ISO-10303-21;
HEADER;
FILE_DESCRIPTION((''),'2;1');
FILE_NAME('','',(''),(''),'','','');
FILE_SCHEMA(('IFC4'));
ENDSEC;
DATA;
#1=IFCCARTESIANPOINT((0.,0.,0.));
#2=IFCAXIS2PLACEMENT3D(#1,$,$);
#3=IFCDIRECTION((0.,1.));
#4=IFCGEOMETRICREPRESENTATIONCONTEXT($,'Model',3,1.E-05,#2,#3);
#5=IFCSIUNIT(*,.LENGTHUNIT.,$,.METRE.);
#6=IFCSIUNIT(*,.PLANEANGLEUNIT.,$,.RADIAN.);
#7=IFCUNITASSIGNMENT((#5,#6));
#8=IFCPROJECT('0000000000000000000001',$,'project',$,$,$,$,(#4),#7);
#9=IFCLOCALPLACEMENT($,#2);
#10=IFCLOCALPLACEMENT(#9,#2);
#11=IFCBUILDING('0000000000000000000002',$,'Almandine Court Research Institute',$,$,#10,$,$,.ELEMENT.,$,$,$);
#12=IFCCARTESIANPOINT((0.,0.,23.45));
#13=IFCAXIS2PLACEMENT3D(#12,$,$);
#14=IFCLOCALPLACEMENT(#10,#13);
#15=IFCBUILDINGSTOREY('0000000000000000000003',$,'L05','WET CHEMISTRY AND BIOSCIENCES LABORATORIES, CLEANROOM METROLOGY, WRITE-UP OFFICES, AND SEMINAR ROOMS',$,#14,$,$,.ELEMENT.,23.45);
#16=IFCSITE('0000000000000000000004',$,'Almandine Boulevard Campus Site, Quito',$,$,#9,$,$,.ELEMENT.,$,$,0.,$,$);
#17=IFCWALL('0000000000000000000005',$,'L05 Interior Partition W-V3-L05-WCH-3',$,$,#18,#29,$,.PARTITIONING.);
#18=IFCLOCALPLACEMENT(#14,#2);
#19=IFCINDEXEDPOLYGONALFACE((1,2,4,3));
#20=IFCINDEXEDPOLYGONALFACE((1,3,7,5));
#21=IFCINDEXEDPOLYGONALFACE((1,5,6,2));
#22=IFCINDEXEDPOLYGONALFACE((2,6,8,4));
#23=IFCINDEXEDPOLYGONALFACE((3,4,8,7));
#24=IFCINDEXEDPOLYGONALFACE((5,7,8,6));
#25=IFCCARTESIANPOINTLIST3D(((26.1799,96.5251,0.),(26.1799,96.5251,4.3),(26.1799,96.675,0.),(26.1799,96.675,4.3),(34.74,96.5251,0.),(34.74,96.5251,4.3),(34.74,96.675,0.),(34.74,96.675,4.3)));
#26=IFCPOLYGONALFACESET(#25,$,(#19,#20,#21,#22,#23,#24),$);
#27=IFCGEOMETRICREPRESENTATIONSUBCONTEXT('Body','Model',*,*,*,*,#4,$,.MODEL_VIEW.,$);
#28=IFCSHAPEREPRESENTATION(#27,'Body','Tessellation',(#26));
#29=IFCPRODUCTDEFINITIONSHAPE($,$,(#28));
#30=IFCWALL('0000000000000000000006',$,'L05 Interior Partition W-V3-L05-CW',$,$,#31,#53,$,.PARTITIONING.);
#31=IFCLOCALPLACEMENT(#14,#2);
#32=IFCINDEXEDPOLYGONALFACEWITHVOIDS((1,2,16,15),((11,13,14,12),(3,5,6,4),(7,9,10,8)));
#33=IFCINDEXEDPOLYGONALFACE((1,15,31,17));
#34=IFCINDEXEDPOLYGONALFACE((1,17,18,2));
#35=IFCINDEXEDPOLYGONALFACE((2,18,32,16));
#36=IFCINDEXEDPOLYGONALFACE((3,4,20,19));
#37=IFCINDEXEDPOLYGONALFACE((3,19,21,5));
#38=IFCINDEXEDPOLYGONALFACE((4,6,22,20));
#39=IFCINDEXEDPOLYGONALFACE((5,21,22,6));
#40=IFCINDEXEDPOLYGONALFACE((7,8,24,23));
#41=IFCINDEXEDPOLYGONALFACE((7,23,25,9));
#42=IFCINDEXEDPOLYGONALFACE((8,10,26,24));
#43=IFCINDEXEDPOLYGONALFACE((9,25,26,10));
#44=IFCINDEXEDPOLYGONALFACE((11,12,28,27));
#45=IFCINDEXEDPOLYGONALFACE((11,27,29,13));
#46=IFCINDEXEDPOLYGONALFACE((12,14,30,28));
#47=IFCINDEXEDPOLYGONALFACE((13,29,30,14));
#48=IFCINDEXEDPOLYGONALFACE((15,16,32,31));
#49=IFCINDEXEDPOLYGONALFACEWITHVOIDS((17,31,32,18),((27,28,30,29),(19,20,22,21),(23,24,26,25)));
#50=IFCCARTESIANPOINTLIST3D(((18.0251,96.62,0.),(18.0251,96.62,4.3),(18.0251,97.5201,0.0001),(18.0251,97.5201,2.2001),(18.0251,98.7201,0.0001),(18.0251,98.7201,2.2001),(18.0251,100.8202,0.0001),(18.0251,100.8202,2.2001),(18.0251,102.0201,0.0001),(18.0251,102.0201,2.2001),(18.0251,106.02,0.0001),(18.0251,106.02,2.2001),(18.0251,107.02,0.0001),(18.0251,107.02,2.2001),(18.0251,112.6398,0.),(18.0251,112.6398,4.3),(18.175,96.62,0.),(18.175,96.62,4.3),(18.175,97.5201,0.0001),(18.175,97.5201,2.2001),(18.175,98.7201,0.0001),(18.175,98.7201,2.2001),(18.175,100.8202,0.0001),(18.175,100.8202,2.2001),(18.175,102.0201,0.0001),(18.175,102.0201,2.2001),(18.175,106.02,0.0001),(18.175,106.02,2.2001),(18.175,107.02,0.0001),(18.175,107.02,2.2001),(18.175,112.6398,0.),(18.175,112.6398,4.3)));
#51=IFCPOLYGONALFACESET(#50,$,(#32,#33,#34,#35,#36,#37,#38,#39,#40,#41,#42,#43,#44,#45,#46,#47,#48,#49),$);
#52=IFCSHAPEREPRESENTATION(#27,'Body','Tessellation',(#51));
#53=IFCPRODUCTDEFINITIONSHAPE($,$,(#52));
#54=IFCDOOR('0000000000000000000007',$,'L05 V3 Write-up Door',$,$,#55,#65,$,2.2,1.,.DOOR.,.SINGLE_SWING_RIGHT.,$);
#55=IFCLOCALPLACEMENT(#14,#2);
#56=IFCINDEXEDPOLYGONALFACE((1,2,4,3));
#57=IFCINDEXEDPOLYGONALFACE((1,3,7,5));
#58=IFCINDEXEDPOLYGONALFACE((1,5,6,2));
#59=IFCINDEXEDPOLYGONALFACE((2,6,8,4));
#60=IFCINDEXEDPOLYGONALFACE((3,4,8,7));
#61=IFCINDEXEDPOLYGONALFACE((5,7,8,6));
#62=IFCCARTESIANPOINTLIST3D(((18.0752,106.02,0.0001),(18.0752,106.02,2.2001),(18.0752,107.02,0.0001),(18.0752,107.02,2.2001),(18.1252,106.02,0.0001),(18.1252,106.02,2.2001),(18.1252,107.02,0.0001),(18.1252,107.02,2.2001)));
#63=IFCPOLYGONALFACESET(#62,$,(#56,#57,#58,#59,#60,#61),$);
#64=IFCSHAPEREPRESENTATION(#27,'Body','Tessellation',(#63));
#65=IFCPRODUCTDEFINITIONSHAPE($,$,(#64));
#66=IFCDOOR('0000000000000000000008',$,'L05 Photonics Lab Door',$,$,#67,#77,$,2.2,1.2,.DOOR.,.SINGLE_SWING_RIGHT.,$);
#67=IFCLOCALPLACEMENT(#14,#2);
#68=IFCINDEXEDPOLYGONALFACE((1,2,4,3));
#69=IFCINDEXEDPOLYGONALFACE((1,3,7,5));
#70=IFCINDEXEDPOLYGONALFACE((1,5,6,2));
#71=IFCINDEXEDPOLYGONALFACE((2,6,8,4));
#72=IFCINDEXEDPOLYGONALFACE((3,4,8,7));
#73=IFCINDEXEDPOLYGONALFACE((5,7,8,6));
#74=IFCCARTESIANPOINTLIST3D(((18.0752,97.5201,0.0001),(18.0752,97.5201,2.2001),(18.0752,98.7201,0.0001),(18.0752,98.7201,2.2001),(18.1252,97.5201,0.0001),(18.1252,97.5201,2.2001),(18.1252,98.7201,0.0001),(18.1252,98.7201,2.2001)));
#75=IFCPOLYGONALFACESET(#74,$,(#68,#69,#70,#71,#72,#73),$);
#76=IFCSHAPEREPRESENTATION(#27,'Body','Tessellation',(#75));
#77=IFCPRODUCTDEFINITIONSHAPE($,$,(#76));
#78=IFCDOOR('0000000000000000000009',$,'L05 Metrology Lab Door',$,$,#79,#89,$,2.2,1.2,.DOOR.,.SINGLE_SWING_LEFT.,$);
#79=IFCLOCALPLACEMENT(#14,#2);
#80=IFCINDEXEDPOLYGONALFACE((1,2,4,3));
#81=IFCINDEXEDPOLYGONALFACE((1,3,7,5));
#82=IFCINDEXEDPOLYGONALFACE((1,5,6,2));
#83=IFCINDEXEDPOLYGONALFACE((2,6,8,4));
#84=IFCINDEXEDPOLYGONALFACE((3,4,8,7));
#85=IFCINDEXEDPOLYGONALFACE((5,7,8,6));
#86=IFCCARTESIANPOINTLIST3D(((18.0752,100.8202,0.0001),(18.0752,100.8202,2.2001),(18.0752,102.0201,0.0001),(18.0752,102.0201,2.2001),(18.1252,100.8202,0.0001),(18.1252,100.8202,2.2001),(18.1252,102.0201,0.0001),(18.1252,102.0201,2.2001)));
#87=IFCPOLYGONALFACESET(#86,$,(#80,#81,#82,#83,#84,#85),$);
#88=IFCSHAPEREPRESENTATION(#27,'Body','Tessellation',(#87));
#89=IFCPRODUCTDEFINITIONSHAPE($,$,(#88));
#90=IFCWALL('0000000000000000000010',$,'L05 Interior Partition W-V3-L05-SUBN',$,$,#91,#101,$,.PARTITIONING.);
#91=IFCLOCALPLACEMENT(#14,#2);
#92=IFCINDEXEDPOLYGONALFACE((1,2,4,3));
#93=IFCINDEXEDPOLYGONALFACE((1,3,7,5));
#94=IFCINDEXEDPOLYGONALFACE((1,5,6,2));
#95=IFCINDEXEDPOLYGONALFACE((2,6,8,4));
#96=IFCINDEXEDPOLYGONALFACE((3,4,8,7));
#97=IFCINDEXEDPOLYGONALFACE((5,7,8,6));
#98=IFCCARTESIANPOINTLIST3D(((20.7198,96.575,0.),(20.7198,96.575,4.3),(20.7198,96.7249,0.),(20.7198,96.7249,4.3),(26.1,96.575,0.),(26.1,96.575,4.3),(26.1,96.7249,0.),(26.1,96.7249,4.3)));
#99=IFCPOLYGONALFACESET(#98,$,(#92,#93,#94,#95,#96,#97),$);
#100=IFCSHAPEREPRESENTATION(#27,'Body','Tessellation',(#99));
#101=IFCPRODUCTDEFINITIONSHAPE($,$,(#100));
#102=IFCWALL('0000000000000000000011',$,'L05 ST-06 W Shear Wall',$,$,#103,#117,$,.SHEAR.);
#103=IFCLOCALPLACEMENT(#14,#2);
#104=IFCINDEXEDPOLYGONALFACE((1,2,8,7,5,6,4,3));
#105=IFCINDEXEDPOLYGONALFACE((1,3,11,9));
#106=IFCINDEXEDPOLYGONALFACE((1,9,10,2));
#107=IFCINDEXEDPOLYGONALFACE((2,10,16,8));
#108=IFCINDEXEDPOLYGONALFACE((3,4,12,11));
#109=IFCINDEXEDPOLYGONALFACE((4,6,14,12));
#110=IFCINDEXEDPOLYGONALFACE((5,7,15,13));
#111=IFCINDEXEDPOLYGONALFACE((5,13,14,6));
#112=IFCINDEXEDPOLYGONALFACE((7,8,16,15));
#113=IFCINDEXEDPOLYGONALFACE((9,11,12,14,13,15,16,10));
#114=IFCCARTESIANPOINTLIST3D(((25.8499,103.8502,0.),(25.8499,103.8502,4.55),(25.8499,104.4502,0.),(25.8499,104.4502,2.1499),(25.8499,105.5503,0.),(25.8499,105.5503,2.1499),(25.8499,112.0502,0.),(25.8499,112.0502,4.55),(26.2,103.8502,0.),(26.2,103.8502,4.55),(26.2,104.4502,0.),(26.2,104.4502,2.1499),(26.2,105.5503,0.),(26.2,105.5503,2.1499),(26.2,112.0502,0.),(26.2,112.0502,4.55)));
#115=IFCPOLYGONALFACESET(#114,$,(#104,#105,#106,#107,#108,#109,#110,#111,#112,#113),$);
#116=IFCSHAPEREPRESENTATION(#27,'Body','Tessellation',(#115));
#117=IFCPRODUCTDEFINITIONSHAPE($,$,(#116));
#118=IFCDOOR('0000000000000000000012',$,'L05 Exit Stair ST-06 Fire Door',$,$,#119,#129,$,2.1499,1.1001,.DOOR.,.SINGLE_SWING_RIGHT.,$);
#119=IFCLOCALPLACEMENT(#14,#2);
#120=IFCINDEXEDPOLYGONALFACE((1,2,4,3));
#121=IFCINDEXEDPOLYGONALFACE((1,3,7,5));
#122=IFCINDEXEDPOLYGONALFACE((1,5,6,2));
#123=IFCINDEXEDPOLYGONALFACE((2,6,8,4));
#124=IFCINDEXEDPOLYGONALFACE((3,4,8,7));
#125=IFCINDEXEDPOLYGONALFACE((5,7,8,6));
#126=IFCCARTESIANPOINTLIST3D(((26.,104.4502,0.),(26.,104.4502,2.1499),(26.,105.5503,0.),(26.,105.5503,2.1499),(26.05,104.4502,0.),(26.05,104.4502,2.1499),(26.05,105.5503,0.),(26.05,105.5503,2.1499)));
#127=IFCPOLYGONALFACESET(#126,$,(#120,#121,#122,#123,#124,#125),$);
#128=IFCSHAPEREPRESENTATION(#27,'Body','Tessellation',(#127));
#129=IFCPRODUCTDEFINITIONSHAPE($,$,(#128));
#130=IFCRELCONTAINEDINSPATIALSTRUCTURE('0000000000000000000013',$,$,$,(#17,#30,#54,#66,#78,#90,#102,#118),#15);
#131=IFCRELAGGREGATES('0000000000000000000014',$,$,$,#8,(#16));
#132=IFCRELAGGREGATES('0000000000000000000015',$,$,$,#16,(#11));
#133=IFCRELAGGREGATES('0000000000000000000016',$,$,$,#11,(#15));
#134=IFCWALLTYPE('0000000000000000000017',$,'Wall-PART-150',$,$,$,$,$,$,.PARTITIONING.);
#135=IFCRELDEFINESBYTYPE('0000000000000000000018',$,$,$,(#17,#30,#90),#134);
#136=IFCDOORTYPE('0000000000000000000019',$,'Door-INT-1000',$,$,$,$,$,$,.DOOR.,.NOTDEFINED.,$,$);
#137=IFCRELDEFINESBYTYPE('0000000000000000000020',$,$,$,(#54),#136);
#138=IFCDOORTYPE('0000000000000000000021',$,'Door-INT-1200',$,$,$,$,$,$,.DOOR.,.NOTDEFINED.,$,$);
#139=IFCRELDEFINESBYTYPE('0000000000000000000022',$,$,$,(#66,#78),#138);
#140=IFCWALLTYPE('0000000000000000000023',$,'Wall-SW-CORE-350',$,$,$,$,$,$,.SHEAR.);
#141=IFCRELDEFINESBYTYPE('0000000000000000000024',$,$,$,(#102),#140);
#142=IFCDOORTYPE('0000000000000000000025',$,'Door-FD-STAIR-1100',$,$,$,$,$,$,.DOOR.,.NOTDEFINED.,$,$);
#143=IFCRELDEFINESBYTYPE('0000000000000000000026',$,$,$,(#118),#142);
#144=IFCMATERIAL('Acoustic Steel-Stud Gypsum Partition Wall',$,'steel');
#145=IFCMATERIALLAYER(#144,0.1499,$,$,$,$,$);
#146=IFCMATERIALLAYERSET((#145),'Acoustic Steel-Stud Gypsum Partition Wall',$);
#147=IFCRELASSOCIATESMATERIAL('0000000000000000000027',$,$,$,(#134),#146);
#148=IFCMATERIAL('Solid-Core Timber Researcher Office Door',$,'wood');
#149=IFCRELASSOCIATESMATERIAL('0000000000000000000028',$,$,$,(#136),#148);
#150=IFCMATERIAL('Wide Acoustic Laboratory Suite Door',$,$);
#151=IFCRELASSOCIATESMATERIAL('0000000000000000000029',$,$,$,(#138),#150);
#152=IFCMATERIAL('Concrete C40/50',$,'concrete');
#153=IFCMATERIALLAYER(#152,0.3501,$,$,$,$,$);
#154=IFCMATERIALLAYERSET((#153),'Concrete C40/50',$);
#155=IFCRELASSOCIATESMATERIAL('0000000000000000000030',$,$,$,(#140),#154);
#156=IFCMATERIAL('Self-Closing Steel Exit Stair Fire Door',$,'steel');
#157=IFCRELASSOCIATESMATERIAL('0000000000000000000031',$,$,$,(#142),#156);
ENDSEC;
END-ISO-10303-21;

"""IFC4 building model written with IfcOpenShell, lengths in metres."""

from ifc_helpers import new_model, si_unit, direction, frame, frame_2d, origin, place, context, subcontext, project, spatial, rectangle, extrude, material, layer, layer_set, type_object, element, fill, save


model = new_model("IFC4")

# Units and contexts
model_context = context("Model", 3, precision=1e-05, world=origin(), true_north=direction((0.0, 1.0)))
body_context = subcontext(model_context, "Body", "Model", "MODEL_VIEW")
ifc_project = project(units=[si_unit("LENGTHUNIT", "METRE"), si_unit("PLANEANGLEUNIT", "RADIAN")], contexts=[model_context])

# Site, building, storey
site_placement = place(None, origin())
site = spatial("IfcSite", under=ifc_project, at=site_placement, Name="Almandine Boulevard Campus Site, Quito", CompositionType="ELEMENT", RefElevation=0.0)
building_placement = place(site_placement, origin())
building = spatial("IfcBuilding", under=site, at=building_placement, Name="Almandine Court Research Institute", CompositionType="ELEMENT")
storey_placement = place(building_placement, frame((0.0, 0.0, 23.45)))
storey = spatial("IfcBuildingStorey", under=building, at=storey_placement, Name="L05", Description="WET CHEMISTRY AND BIOSCIENCES LABORATORIES, CLEANROOM METROLOGY, WRITE-UP OFFICES, AND SEMINAR ROOMS", CompositionType="ELEMENT", Elevation=23.45)

# Wall
ifc_material_1 = material(Name="Acoustic Steel-Stud Gypsum Partition Wall", Category="steel")
ifc_layer_1 = layer(ifc_material_1, 0.1499)
ifc_layer_set_1 = layer_set([ifc_layer_1], Name="Acoustic Steel-Stud Gypsum Partition Wall")
wall_type_1 = type_object("IfcWallType", Name="Wall-PART-150", PredefinedType="PARTITIONING", material=ifc_layer_set_1)
for number, where, z_axis, x_axis, name in (
    (1, (26.1799, 96.6001, 0.0), (0.0, 0.0, 1.0), (1.0, 0.0, 0.0), "L05 Interior Partition W-V3-L05-WCH-3"),
):
    element("IfcWall", number, at=place(storey_placement, frame(where, z_axis=z_axis, x_axis=x_axis)), inside=storey, type_object=wall_type_1, Name=name, PredefinedType="PARTITIONING", context=body_context, shape_type="SweptSolid", body=[
        extrude(rectangle(XDim=8.5601, YDim=0.1499, at=frame_2d((4.28, 0.0))), origin(), (0.0, 0.0, 1.0), 4.3),
    ])

# Wall, openings, doors
wall_1_placement = place(storey_placement, frame((18.1001, 96.6201, 0.0), z_axis=(0.0, 0.0, 1.0), x_axis=(0.0, 1.0, 0.0)))
wall_1 = element("IfcWall", 2, at=wall_1_placement, inside=storey, type_object=wall_type_1, Name="L05 Interior Partition W-V3-L05-CW", PredefinedType="PARTITIONING", context=body_context, shape_type="SweptSolid", body=[
    extrude(rectangle(XDim=16.0198, YDim=0.1499, at=frame_2d((8.0098, 0.0))), origin(), (0.0, 0.0, 1.0), 4.3),
])
opening_1_placement = place(wall_1_placement, frame((0.8999, 0.0, 0.0)))
opening_1 = element("IfcOpeningElement", 3, at=opening_1_placement, cuts=wall_1, PredefinedType="OPENING", context=body_context, shape_type="SweptSolid", body=[
    extrude(rectangle(XDim=1.2, YDim=2.2, at=frame_2d((0.6001, 1.1001))), frame((0.0, 0.085, 0.0), z_axis=(0.0, -1.0, 0.0), x_axis=(1.0, 0.0, 0.0)), (0.0, 0.0, 1.0), 0.1699),
])
opening_2_placement = place(wall_1_placement, frame((4.2, 0.0, 0.0)))
opening_2 = element("IfcOpeningElement", 4, at=opening_2_placement, cuts=wall_1, PredefinedType="OPENING", context=body_context, shape_type="SweptSolid", body=[
    extrude(rectangle(XDim=1.2, YDim=2.2, at=frame_2d((0.6001, 1.1001))), frame((0.0, 0.085, 0.0), z_axis=(0.0, -1.0, 0.0), x_axis=(1.0, 0.0, 0.0)), (0.0, 0.0, 1.0), 0.1699),
])
opening_3_placement = place(wall_1_placement, frame((9.3999, 0.0, 0.0)))
opening_3 = element("IfcOpeningElement", 5, at=opening_3_placement, cuts=wall_1, PredefinedType="OPENING", context=body_context, shape_type="SweptSolid", body=[
    extrude(rectangle(XDim=1.0, YDim=2.2, at=frame_2d((0.5, 1.1001))), frame((0.0, 0.085, 0.0), z_axis=(0.0, -1.0, 0.0), x_axis=(1.0, 0.0, 0.0)), (0.0, 0.0, 1.0), 0.1699),
])
ifc_material_2 = material(Name="Solid-Core Timber Researcher Office Door", Category="wood")
door_type_1 = type_object("IfcDoorType", Name="Door-INT-1000", OperationType="NOTDEFINED", PredefinedType="DOOR", material=ifc_material_2)
door_1_placement = place(opening_3_placement, origin())
door_1 = element("IfcDoor", 6, at=door_1_placement, inside=storey, type_object=door_type_1, Name="L05 V3 Write-up Door", OperationType="SINGLE_SWING_RIGHT", OverallHeight=2.2, OverallWidth=1.0, PredefinedType="DOOR", context=body_context, shape_type="SweptSolid", body=[
    extrude(rectangle(XDim=1.0, YDim=2.2, at=frame_2d((0.5, 1.1001))), frame((0.0, 0.0249, 0.0), z_axis=(0.0, -1.0, 0.0), x_axis=(1.0, 0.0, 0.0)), (0.0, 0.0, 1.0), 0.05),
])
fill(opening_3, door_1)
ifc_material_3 = material(Name="Wide Acoustic Laboratory Suite Door")
door_type_2 = type_object("IfcDoorType", Name="Door-INT-1200", OperationType="NOTDEFINED", PredefinedType="DOOR", material=ifc_material_3)
door_2_placement = place(opening_1_placement, origin())
door_2 = element("IfcDoor", 7, at=door_2_placement, inside=storey, type_object=door_type_2, Name="L05 Photonics Lab Door", OperationType="SINGLE_SWING_RIGHT", OverallHeight=2.2, OverallWidth=1.2, PredefinedType="DOOR", context=body_context, shape_type="SweptSolid", body=[
    extrude(rectangle(XDim=1.2, YDim=2.2, at=frame_2d((0.6001, 1.1001))), frame((0.0, 0.0249, 0.0), z_axis=(0.0, -1.0, 0.0), x_axis=(1.0, 0.0, 0.0)), (0.0, 0.0, 1.0), 0.05),
])
fill(opening_1, door_2)
door_3_placement = place(opening_2_placement, origin())
door_3 = element("IfcDoor", 8, at=door_3_placement, inside=storey, type_object=door_type_2, Name="L05 Metrology Lab Door", OperationType="SINGLE_SWING_LEFT", OverallHeight=2.2, OverallWidth=1.2, PredefinedType="DOOR", context=body_context, shape_type="SweptSolid", body=[
    extrude(rectangle(XDim=1.2, YDim=2.2, at=frame_2d((0.6001, 1.1001))), frame((0.0, 0.0249, 0.0), z_axis=(0.0, -1.0, 0.0), x_axis=(1.0, 0.0, 0.0)), (0.0, 0.0, 1.0), 0.05),
])
fill(opening_2, door_3)

# Wall
wall_2_placement = place(storey_placement, frame((20.72, 96.6499, 0.0), z_axis=(0.0, 0.0, 1.0), x_axis=(1.0, 0.0, 0.0)))
element("IfcWall", 9, at=wall_2_placement, inside=storey, type_object=wall_type_1, Name="L05 Interior Partition W-V3-L05-SUBN", PredefinedType="PARTITIONING", context=body_context, shape_type="SweptSolid", body=[
    extrude(rectangle(XDim=5.3801, YDim=0.1499, at=frame_2d((2.6899, 0.0))), origin(), (0.0, 0.0, 1.0), 4.3),
])

# Wall, opening, door
ifc_material_4 = material(Name="Concrete C40/50", Category="concrete")
ifc_layer_2 = layer(ifc_material_4, 0.3501)
ifc_layer_set_2 = layer_set([ifc_layer_2], Name="Concrete C40/50")
wall_type_2 = type_object("IfcWallType", Name="Wall-SW-CORE-350", PredefinedType="SHEAR", material=ifc_layer_set_2)
wall_3_placement = place(storey_placement, frame((26.0249, 103.8501, 0.0), z_axis=(0.0, 0.0, 1.0), x_axis=(0.0, 1.0, 0.0)))
wall_3 = element("IfcWall", 10, at=wall_3_placement, inside=storey, type_object=wall_type_2, Name="L05 ST-06 W Shear Wall", PredefinedType="SHEAR", context=body_context, shape_type="SweptSolid", body=[
    extrude(rectangle(XDim=8.2, YDim=0.3501, at=frame_2d((4.1001, 0.0))), origin(), (0.0, 0.0, 1.0), 4.55),
])
opening_4_placement = place(wall_3_placement, frame((0.6001, 0.0, 0.0)))
opening_4 = element("IfcOpeningElement", 11, at=opening_4_placement, cuts=wall_3, PredefinedType="OPENING", context=body_context, shape_type="SweptSolid", body=[
    extrude(rectangle(XDim=1.1001, YDim=2.1499, at=frame_2d((0.55, 1.075))), frame((0.0, 0.1851, 0.0), z_axis=(0.0, -1.0, 0.0), x_axis=(1.0, 0.0, 0.0)), (0.0, 0.0, 1.0), 0.3701),
])
ifc_material_5 = material(Name="Self-Closing Steel Exit Stair Fire Door", Category="steel")
door_type_3 = type_object("IfcDoorType", Name="Door-FD-STAIR-1100", OperationType="NOTDEFINED", PredefinedType="DOOR", material=ifc_material_5)
door_4_placement = place(opening_4_placement, origin())
door_4 = element("IfcDoor", 12, at=door_4_placement, inside=storey, type_object=door_type_3, Name="L05 Exit Stair ST-06 Fire Door", OperationType="SINGLE_SWING_RIGHT", OverallHeight=2.1499, OverallWidth=1.1001, PredefinedType="DOOR", context=body_context, shape_type="SweptSolid", body=[
    extrude(rectangle(XDim=1.1001, YDim=2.1499, at=frame_2d((0.55, 1.075))), frame((0.0, 0.0249, 0.0), z_axis=(0.0, -1.0, 0.0), x_axis=(1.0, 0.0, 0.0)), (0.0, 0.0, 1.0), 0.05),
])
fill(opening_4, door_4)

save(model, "model.ifc")
